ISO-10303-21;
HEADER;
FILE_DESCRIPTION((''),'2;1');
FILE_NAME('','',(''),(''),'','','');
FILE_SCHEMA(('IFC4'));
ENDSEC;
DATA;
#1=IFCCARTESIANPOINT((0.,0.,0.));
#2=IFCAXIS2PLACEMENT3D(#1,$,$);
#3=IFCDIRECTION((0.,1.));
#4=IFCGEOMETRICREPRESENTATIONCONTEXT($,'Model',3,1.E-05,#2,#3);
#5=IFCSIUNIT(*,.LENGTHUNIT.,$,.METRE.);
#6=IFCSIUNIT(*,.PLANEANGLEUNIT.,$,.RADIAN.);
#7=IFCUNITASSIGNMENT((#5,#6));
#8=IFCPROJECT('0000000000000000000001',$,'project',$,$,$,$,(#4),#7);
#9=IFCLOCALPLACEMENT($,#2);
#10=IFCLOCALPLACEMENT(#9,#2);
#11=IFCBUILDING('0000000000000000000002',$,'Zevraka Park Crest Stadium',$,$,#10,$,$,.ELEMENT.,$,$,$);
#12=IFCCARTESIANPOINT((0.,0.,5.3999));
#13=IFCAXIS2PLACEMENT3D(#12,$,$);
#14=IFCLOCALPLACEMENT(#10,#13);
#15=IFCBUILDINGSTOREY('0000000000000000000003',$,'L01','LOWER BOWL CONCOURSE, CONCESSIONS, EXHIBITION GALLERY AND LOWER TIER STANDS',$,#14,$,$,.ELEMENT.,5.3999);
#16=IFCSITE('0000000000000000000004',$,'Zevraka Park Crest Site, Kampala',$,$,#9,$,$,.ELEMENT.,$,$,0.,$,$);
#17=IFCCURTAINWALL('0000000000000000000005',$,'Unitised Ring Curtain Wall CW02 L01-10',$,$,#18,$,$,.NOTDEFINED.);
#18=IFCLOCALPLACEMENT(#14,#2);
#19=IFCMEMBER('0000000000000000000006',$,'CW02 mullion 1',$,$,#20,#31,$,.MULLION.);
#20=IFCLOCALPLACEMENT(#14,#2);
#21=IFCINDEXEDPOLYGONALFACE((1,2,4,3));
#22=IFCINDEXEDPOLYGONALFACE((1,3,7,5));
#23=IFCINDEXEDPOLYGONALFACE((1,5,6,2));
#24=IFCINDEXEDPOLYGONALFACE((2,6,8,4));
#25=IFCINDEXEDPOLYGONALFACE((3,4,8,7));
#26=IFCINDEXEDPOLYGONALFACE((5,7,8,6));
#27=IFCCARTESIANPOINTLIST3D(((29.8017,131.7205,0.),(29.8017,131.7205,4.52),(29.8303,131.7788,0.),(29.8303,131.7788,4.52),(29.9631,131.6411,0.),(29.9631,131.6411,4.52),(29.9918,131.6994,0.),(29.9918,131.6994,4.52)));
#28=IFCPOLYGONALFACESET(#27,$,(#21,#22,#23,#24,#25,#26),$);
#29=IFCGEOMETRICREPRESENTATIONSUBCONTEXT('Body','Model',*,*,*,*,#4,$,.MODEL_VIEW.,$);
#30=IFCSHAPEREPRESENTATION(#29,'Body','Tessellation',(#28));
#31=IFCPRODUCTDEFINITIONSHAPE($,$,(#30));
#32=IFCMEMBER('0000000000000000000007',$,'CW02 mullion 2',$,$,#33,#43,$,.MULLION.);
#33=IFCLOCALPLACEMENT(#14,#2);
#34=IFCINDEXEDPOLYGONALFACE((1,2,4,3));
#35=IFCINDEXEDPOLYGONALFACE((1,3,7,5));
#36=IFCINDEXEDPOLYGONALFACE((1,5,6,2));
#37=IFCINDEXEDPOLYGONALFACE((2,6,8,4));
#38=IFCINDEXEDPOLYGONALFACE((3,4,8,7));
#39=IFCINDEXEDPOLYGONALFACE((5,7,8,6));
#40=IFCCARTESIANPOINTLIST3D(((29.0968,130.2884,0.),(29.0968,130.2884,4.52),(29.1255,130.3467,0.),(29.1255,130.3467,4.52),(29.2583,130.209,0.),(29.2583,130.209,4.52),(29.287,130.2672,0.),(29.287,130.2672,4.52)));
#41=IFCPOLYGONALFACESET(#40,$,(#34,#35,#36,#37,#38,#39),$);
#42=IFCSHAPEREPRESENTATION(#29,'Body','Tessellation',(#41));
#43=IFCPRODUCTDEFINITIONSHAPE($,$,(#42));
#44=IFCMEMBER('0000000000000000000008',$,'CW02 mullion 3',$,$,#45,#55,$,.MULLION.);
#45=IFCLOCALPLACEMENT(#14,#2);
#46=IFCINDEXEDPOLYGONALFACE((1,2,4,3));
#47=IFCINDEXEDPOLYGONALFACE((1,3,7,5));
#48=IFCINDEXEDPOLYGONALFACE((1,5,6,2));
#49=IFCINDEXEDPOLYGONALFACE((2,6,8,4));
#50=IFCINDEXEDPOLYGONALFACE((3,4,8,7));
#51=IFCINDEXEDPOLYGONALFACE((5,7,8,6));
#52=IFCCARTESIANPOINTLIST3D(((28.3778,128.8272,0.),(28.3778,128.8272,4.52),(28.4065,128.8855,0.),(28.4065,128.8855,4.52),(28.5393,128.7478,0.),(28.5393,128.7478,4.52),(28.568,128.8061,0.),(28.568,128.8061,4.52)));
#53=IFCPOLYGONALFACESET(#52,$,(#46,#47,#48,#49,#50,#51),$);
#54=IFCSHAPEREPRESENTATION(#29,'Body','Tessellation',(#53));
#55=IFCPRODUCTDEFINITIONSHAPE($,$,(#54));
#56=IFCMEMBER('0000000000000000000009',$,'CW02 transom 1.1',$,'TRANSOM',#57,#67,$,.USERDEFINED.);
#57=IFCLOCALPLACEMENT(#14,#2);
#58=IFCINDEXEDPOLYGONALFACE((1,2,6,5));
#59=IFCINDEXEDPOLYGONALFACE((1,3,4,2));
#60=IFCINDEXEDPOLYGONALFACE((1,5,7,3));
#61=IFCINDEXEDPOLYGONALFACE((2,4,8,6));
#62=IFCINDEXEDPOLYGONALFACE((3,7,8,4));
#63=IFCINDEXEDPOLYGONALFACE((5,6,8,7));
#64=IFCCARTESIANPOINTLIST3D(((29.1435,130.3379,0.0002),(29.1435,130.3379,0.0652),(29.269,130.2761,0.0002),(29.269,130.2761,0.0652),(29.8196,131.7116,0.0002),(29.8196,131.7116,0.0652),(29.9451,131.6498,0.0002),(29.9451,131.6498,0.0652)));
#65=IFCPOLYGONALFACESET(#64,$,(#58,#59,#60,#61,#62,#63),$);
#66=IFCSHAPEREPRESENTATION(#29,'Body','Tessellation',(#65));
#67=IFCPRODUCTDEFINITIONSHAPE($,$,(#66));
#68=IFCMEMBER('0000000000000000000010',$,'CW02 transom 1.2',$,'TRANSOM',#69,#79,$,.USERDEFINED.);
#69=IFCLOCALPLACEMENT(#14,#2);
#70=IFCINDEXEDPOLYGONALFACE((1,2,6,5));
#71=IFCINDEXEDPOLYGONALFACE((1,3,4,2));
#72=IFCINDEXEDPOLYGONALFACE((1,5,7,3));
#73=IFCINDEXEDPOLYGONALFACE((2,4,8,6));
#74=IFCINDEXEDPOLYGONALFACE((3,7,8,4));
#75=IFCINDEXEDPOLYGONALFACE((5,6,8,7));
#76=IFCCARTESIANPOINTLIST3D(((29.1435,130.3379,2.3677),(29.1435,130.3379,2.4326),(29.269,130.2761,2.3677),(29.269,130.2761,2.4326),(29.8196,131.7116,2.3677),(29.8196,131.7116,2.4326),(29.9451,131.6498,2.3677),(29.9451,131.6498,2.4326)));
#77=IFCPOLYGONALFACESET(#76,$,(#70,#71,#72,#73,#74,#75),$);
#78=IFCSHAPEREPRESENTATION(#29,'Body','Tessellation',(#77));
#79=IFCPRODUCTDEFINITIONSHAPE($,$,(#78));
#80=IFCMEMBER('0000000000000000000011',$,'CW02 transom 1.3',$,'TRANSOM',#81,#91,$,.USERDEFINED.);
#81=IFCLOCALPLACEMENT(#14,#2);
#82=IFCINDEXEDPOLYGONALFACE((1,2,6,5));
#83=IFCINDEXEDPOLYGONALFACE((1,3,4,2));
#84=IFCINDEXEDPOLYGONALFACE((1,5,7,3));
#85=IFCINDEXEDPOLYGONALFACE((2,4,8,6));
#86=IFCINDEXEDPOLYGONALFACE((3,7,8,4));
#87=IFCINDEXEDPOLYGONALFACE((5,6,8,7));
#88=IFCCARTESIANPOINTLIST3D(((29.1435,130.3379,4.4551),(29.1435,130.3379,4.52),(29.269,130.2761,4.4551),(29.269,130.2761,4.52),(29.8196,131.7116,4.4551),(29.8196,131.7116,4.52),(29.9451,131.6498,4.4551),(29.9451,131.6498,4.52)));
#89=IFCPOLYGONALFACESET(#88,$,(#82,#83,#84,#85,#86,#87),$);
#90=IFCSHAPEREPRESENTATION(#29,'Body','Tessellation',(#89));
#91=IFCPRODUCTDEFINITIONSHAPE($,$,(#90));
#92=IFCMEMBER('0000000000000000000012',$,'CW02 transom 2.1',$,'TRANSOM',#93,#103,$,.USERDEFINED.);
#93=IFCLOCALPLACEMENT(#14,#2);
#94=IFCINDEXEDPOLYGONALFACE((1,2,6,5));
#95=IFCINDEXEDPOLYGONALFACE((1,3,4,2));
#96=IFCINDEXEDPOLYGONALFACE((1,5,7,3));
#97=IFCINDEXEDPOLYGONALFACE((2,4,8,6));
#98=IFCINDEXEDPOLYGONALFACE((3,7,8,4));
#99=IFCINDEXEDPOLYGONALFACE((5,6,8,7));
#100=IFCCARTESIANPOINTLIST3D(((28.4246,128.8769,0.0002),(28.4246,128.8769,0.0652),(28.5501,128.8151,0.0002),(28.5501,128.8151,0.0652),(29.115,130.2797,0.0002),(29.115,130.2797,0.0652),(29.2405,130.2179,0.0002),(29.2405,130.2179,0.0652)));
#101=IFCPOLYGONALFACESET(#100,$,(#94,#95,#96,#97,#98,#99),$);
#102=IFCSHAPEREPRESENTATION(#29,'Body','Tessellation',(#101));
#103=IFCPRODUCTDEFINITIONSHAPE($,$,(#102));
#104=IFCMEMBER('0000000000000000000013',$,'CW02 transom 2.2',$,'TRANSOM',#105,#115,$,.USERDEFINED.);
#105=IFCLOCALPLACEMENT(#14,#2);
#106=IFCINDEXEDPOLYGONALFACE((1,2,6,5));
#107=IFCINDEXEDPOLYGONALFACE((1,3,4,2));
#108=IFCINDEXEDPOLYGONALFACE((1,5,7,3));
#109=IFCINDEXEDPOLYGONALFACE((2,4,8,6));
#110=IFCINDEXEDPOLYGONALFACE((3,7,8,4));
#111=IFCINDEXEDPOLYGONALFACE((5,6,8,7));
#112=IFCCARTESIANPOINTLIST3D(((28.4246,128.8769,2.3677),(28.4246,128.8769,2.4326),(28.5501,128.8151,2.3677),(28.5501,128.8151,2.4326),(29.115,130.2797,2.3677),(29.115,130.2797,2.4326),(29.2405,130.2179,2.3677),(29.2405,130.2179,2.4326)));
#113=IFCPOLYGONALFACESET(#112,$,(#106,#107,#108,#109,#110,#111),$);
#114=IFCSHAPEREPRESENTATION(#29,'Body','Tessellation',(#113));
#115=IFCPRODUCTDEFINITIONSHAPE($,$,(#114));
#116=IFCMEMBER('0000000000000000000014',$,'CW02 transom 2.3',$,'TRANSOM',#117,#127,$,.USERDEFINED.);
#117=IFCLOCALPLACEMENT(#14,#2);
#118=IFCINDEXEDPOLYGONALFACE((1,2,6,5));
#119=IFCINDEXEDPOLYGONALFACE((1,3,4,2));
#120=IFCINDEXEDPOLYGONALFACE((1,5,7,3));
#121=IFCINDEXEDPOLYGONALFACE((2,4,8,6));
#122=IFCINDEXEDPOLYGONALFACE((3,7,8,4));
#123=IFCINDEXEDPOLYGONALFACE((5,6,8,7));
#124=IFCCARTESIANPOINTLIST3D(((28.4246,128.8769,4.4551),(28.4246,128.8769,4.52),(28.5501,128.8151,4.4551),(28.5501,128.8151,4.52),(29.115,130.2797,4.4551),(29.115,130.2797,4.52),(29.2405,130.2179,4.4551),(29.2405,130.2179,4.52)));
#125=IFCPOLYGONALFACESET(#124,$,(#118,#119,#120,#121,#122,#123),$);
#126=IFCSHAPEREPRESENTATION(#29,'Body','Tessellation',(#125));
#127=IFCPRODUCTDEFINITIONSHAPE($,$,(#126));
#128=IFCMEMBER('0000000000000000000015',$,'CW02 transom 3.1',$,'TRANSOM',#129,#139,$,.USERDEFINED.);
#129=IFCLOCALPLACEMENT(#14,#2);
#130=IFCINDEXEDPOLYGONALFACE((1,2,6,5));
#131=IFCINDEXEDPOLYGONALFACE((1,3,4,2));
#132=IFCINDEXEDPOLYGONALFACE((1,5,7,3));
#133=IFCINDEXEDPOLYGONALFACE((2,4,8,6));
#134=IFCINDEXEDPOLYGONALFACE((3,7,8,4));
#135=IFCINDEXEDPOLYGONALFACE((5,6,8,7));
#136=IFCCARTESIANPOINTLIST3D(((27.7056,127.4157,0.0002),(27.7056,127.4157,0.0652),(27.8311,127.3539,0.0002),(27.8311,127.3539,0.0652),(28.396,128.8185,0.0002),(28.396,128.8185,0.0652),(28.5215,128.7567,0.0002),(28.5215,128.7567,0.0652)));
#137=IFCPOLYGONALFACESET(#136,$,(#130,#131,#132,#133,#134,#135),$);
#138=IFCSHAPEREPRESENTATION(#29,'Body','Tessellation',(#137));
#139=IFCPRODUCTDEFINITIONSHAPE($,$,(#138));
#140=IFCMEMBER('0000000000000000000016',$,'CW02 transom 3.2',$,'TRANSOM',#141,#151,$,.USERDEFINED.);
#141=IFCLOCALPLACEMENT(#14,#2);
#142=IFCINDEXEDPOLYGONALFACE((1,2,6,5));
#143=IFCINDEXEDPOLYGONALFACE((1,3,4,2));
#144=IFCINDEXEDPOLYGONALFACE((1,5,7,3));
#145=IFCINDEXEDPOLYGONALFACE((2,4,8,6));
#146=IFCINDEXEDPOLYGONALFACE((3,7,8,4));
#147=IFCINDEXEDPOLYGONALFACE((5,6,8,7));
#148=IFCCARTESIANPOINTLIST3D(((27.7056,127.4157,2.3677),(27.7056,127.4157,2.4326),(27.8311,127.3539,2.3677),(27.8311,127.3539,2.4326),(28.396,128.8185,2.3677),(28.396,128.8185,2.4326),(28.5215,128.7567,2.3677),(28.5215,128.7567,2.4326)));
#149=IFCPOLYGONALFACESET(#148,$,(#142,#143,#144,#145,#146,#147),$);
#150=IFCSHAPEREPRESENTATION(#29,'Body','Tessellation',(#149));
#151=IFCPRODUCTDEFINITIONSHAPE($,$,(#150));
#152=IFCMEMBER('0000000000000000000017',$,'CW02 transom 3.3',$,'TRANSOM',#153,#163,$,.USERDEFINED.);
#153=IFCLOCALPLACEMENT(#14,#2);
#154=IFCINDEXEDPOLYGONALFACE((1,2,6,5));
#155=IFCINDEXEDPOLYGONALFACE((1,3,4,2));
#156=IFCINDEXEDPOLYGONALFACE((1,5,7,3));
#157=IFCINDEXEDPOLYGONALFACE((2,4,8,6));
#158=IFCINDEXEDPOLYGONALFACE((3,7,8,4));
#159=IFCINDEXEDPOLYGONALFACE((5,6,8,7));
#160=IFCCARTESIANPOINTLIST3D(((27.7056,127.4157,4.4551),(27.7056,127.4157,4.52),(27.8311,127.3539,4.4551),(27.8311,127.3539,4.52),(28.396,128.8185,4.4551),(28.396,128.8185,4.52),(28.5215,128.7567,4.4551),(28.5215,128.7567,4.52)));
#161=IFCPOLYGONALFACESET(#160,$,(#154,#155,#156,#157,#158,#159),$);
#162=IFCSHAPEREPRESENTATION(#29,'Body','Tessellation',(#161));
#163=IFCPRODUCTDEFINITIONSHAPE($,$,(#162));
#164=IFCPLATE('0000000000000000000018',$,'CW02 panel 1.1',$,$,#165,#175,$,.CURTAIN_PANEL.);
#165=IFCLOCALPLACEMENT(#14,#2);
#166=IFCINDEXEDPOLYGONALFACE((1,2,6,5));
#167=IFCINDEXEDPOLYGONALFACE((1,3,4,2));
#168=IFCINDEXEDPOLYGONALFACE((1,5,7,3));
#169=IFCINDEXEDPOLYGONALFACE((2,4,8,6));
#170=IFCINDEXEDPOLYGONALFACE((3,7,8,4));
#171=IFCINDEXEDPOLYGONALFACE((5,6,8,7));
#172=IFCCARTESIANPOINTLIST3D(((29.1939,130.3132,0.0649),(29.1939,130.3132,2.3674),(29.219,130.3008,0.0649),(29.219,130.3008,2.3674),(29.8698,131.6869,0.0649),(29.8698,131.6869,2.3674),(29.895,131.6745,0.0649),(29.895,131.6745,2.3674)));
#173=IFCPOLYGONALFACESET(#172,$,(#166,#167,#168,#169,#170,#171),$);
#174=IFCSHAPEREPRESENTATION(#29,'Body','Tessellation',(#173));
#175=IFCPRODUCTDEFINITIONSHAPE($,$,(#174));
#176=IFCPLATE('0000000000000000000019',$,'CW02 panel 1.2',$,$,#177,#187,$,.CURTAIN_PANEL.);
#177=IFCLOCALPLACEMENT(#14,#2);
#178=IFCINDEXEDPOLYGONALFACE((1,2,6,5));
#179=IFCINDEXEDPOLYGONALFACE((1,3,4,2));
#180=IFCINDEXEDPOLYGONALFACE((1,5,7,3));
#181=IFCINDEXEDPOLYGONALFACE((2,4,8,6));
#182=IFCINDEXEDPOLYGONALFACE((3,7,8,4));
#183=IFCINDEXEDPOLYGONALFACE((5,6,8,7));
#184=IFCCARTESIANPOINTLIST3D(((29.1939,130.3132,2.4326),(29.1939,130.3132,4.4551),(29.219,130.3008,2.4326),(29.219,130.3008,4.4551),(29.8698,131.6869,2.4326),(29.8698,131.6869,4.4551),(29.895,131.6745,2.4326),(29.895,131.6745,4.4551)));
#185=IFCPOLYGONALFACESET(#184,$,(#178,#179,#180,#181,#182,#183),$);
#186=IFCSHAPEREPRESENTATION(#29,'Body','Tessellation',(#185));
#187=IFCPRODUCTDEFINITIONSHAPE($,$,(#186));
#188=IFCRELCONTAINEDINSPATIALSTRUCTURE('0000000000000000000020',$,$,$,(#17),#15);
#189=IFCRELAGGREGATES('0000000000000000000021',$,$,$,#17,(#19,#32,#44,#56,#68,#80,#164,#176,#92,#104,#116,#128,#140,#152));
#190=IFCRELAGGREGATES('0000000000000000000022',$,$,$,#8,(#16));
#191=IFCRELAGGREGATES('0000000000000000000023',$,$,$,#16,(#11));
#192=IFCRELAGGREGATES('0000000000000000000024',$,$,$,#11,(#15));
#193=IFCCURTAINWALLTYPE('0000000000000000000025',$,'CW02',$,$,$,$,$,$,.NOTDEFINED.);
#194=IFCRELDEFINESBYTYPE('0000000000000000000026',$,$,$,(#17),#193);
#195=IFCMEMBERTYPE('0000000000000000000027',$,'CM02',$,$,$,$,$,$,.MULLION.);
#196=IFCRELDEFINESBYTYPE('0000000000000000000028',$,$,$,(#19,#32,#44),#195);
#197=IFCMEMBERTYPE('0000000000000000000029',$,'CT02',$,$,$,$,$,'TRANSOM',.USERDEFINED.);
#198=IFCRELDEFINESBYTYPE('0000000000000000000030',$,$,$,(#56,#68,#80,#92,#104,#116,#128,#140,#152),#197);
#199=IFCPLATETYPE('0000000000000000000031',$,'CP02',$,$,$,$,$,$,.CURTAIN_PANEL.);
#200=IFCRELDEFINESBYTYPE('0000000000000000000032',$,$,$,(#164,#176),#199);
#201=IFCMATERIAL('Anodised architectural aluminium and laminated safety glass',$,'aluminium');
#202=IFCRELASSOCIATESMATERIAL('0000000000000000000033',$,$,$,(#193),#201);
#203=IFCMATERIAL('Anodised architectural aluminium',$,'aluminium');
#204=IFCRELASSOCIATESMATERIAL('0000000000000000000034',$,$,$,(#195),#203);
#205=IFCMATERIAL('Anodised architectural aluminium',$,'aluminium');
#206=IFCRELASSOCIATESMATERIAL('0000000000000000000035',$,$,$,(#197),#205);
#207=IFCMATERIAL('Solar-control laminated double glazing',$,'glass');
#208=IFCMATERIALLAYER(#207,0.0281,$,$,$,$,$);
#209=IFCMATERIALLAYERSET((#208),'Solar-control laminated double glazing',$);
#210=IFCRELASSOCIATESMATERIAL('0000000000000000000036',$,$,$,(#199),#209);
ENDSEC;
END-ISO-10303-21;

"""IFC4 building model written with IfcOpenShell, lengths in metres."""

from ifc_helpers import new_model, si_unit, direction, frame, origin, origin_2d, place, context, subcontext, project, spatial, rectangle, extrude, material, layer, layer_set, material_profile, profile_set, type_object, element, aggregate, save


model = new_model("IFC4")

# Units and contexts
model_context = context("Model", 3, precision=1e-05, world=origin(), true_north=direction((0.0, 1.0)))
body_context = subcontext(model_context, "Body", "Model", "MODEL_VIEW")
ifc_project = project(units=[si_unit("LENGTHUNIT", "METRE"), si_unit("PLANEANGLEUNIT", "RADIAN")], contexts=[model_context])

# Site, building, storey
site_placement = place(None, origin())
site = spatial("IfcSite", under=ifc_project, at=site_placement, Name="Zevraka Park Crest Site, Kampala", CompositionType="ELEMENT", RefElevation=0.0)
building_placement = place(site_placement, origin())
building = spatial("IfcBuilding", under=site, at=building_placement, Name="Zevraka Park Crest Stadium", CompositionType="ELEMENT")
storey_placement = place(building_placement, frame((0.0, 0.0, 5.3999)))
storey = spatial("IfcBuildingStorey", under=building, at=storey_placement, Name="L01", Description="LOWER BOWL CONCOURSE, CONCESSIONS, EXHIBITION GALLERY AND LOWER TIER STANDS", CompositionType="ELEMENT", Elevation=5.3999)

# Curtain wall, members, plates
ifc_material_1 = material(Name="Anodised architectural aluminium and laminated safety glass", Category="aluminium")
curtain_wall_type = type_object("IfcCurtainWallType", Name="CW02", PredefinedType="NOTDEFINED", material=ifc_material_1)
curtain_wall_placement = place(storey_placement, origin())
curtain_wall = element("IfcCurtainWall", 1, at=curtain_wall_placement, inside=storey, type_object=curtain_wall_type, Name="Unitised Ring Curtain Wall CW02 L01-10", PredefinedType="NOTDEFINED")
ifc_material_2 = material(Name="Anodised architectural aluminium", Category="aluminium")
ifc_material_profile_1 = material_profile(ifc_material_2, rectangle(XDim=0.1799, YDim=0.0649, at=origin_2d()), Name="ALU MULLION 180x65")
ifc_profile_set_1 = profile_set([ifc_material_profile_1], Name="Anodised architectural aluminium")
member_type_1 = type_object("IfcMemberType", Name="CM02", PredefinedType="MULLION", material=ifc_profile_set_1)
member_1_placement = place(storey_placement, frame((29.8967, 131.71, 0.0), z_axis=(0.0, 0.0, 1.0), x_axis=(0.897253, -0.441517, 0.0)))
member_1 = element("IfcMember", 2, at=member_1_placement, type_object=member_type_1, Name="CW02 mullion 1", PredefinedType="MULLION", context=body_context, shape_type="SweptSolid", body=[
    extrude(rectangle(XDim=0.1799, YDim=0.0649, at=origin_2d()), origin(), (0.0, 0.0, 1.0), 4.52),
])
member_2_placement = place(storey_placement, frame((29.1919, 130.2778, 0.0), z_axis=(0.0, 0.0, 1.0), x_axis=(0.897253, -0.441517, 0.0)))
member_2 = element("IfcMember", 3, at=member_2_placement, type_object=member_type_1, Name="CW02 mullion 2", PredefinedType="MULLION", context=body_context, shape_type="SweptSolid", body=[
    extrude(rectangle(XDim=0.1799, YDim=0.0649, at=origin_2d()), origin(), (0.0, 0.0, 1.0), 4.52),
])
member_3_placement = place(storey_placement, frame((28.4729, 128.8167, 0.0), z_axis=(0.0, 0.0, 1.0), x_axis=(0.897253, -0.441517, 0.0)))
member_3 = element("IfcMember", 4, at=member_3_placement, type_object=member_type_1, Name="CW02 mullion 3", PredefinedType="MULLION", context=body_context, shape_type="SweptSolid", body=[
    extrude(rectangle(XDim=0.1799, YDim=0.0649, at=origin_2d()), origin(), (0.0, 0.0, 1.0), 4.52),
])
ifc_material_3 = material(Name="Anodised architectural aluminium", Category="aluminium")
ifc_material_profile_2 = material_profile(ifc_material_3, rectangle(XDim=0.1399, YDim=0.0649, at=origin_2d()), Name="ALU TRANSOM 140x65")
ifc_profile_set_2 = profile_set([ifc_material_profile_2], Name="Anodised architectural aluminium")
member_type_2 = type_object("IfcMemberType", Name="CT02", ElementType="TRANSOM", PredefinedType="USERDEFINED", material=ifc_profile_set_2)
member_4_placement = place(storey_placement, frame((29.8823, 131.6807, 0.0327), z_axis=(-0.441591, -0.897216, 0.0), x_axis=(0.897216, -0.441591, 0.0)))
member_4 = element("IfcMember", 5, at=member_4_placement, type_object=member_type_2, Name="CW02 transom 1.1", ObjectType="TRANSOM", PredefinedType="USERDEFINED", context=body_context, shape_type="SweptSolid", body=[
    extrude(rectangle(XDim=0.1399, YDim=0.0649, at=origin_2d()), origin(), (0.0, 0.0, 1.0), 1.531),
])
member_5_placement = place(storey_placement, frame((29.8823, 131.6807, 2.4001), z_axis=(-0.441591, -0.897216, 0.0), x_axis=(0.897216, -0.441591, 0.0)))
member_5 = element("IfcMember", 6, at=member_5_placement, type_object=member_type_2, Name="CW02 transom 1.2", ObjectType="TRANSOM", PredefinedType="USERDEFINED", context=body_context, shape_type="SweptSolid", body=[
    extrude(rectangle(XDim=0.1399, YDim=0.0649, at=origin_2d()), origin(), (0.0, 0.0, 1.0), 1.531),
])
member_6_placement = place(storey_placement, frame((29.8823, 131.6807, 4.4875), z_axis=(-0.441591, -0.897216, 0.0), x_axis=(0.897216, -0.441591, 0.0)))
member_6 = element("IfcMember", 7, at=member_6_placement, type_object=member_type_2, Name="CW02 transom 1.3", ObjectType="TRANSOM", PredefinedType="USERDEFINED", context=body_context, shape_type="SweptSolid", body=[
    extrude(rectangle(XDim=0.1399, YDim=0.0649, at=origin_2d()), origin(), (0.0, 0.0, 1.0), 1.531),
])
member_7_placement = place(storey_placement, frame((29.1777, 130.2488, 0.0327), z_axis=(-0.441583, -0.89722, 0.0), x_axis=(0.89722, -0.441583, 0.0)))
member_7 = element("IfcMember", 8, at=member_7_placement, type_object=member_type_2, Name="CW02 transom 2.1", ObjectType="TRANSOM", PredefinedType="USERDEFINED", context=body_context, shape_type="SweptSolid", body=[
    extrude(rectangle(XDim=0.1399, YDim=0.0649, at=origin_2d()), origin(), (0.0, 0.0, 1.0), 1.5635),
])
member_8_placement = place(storey_placement, frame((29.1777, 130.2488, 2.4001), z_axis=(-0.441583, -0.89722, 0.0), x_axis=(0.89722, -0.441583, 0.0)))
member_8 = element("IfcMember", 9, at=member_8_placement, type_object=member_type_2, Name="CW02 transom 2.2", ObjectType="TRANSOM", PredefinedType="USERDEFINED", context=body_context, shape_type="SweptSolid", body=[
    extrude(rectangle(XDim=0.1399, YDim=0.0649, at=origin_2d()), origin(), (0.0, 0.0, 1.0), 1.5635),
])
member_9_placement = place(storey_placement, frame((29.1777, 130.2488, 4.4875), z_axis=(-0.441583, -0.89722, 0.0), x_axis=(0.89722, -0.441583, 0.0)))
member_9 = element("IfcMember", 10, at=member_9_placement, type_object=member_type_2, Name="CW02 transom 2.3", ObjectType="TRANSOM", PredefinedType="USERDEFINED", context=body_context, shape_type="SweptSolid", body=[
    extrude(rectangle(XDim=0.1399, YDim=0.0649, at=origin_2d()), origin(), (0.0, 0.0, 1.0), 1.5635),
])
member_10_placement = place(storey_placement, frame((28.4587, 128.7876, 0.0327), z_axis=(-0.441583, -0.89722, 0.0), x_axis=(0.89722, -0.441583, 0.0)))
member_10 = element("IfcMember", 11, at=member_10_placement, type_object=member_type_2, Name="CW02 transom 3.1", ObjectType="TRANSOM", PredefinedType="USERDEFINED", context=body_context, shape_type="SweptSolid", body=[
    extrude(rectangle(XDim=0.1399, YDim=0.0649, at=origin_2d()), origin(), (0.0, 0.0, 1.0), 1.5635),
])
member_11_placement = place(storey_placement, frame((28.4587, 128.7876, 2.4001), z_axis=(-0.441583, -0.89722, 0.0), x_axis=(0.89722, -0.441583, 0.0)))
member_11 = element("IfcMember", 12, at=member_11_placement, type_object=member_type_2, Name="CW02 transom 3.2", ObjectType="TRANSOM", PredefinedType="USERDEFINED", context=body_context, shape_type="SweptSolid", body=[
    extrude(rectangle(XDim=0.1399, YDim=0.0649, at=origin_2d()), origin(), (0.0, 0.0, 1.0), 1.5635),
])
member_12_placement = place(storey_placement, frame((28.4587, 128.7876, 4.4875), z_axis=(-0.441583, -0.89722, 0.0), x_axis=(0.89722, -0.441583, 0.0)))
member_12 = element("IfcMember", 13, at=member_12_placement, type_object=member_type_2, Name="CW02 transom 3.3", ObjectType="TRANSOM", PredefinedType="USERDEFINED", context=body_context, shape_type="SweptSolid", body=[
    extrude(rectangle(XDim=0.1399, YDim=0.0649, at=origin_2d()), origin(), (0.0, 0.0, 1.0), 1.5635),
])
ifc_material_4 = material(Name="Solar-control laminated double glazing", Category="glass")
ifc_layer_1 = layer(ifc_material_4, 0.0281)
ifc_layer_set_1 = layer_set([ifc_layer_1], Name="Solar-control laminated double glazing")
plate_type = type_object("IfcPlateType", Name="CP02", PredefinedType="CURTAIN_PANEL", material=ifc_layer_set_1)
plate_1_placement = place(storey_placement, frame((29.5444, 130.9939, 0.0649), z_axis=(0.0, 0.0, 1.0), x_axis=(-0.441517, -0.897253, 0.0)))
plate_1 = element("IfcPlate", 14, at=plate_1_placement, type_object=plate_type, Name="CW02 panel 1.1", PredefinedType="CURTAIN_PANEL", context=body_context, shape_type="SweptSolid", body=[
    extrude(rectangle(XDim=1.531, YDim=0.0281, at=origin_2d()), origin(), (0.0, 0.0, 1.0), 2.3025),
])
plate_2_placement = place(storey_placement, frame((29.5444, 130.9939, 2.4326), z_axis=(0.0, 0.0, 1.0), x_axis=(-0.441517, -0.897253, 0.0)))
plate_2 = element("IfcPlate", 15, at=plate_2_placement, type_object=plate_type, Name="CW02 panel 1.2", PredefinedType="CURTAIN_PANEL", context=body_context, shape_type="SweptSolid", body=[
    extrude(rectangle(XDim=1.531, YDim=0.0281, at=origin_2d()), origin(), (0.0, 0.0, 1.0), 2.0225),
])
aggregate(curtain_wall, [member_1, member_2, member_3, member_4, member_5, member_6, plate_1, plate_2, member_7, member_8, member_9, member_10, member_11, member_12])

save(model, "model.ifc")
